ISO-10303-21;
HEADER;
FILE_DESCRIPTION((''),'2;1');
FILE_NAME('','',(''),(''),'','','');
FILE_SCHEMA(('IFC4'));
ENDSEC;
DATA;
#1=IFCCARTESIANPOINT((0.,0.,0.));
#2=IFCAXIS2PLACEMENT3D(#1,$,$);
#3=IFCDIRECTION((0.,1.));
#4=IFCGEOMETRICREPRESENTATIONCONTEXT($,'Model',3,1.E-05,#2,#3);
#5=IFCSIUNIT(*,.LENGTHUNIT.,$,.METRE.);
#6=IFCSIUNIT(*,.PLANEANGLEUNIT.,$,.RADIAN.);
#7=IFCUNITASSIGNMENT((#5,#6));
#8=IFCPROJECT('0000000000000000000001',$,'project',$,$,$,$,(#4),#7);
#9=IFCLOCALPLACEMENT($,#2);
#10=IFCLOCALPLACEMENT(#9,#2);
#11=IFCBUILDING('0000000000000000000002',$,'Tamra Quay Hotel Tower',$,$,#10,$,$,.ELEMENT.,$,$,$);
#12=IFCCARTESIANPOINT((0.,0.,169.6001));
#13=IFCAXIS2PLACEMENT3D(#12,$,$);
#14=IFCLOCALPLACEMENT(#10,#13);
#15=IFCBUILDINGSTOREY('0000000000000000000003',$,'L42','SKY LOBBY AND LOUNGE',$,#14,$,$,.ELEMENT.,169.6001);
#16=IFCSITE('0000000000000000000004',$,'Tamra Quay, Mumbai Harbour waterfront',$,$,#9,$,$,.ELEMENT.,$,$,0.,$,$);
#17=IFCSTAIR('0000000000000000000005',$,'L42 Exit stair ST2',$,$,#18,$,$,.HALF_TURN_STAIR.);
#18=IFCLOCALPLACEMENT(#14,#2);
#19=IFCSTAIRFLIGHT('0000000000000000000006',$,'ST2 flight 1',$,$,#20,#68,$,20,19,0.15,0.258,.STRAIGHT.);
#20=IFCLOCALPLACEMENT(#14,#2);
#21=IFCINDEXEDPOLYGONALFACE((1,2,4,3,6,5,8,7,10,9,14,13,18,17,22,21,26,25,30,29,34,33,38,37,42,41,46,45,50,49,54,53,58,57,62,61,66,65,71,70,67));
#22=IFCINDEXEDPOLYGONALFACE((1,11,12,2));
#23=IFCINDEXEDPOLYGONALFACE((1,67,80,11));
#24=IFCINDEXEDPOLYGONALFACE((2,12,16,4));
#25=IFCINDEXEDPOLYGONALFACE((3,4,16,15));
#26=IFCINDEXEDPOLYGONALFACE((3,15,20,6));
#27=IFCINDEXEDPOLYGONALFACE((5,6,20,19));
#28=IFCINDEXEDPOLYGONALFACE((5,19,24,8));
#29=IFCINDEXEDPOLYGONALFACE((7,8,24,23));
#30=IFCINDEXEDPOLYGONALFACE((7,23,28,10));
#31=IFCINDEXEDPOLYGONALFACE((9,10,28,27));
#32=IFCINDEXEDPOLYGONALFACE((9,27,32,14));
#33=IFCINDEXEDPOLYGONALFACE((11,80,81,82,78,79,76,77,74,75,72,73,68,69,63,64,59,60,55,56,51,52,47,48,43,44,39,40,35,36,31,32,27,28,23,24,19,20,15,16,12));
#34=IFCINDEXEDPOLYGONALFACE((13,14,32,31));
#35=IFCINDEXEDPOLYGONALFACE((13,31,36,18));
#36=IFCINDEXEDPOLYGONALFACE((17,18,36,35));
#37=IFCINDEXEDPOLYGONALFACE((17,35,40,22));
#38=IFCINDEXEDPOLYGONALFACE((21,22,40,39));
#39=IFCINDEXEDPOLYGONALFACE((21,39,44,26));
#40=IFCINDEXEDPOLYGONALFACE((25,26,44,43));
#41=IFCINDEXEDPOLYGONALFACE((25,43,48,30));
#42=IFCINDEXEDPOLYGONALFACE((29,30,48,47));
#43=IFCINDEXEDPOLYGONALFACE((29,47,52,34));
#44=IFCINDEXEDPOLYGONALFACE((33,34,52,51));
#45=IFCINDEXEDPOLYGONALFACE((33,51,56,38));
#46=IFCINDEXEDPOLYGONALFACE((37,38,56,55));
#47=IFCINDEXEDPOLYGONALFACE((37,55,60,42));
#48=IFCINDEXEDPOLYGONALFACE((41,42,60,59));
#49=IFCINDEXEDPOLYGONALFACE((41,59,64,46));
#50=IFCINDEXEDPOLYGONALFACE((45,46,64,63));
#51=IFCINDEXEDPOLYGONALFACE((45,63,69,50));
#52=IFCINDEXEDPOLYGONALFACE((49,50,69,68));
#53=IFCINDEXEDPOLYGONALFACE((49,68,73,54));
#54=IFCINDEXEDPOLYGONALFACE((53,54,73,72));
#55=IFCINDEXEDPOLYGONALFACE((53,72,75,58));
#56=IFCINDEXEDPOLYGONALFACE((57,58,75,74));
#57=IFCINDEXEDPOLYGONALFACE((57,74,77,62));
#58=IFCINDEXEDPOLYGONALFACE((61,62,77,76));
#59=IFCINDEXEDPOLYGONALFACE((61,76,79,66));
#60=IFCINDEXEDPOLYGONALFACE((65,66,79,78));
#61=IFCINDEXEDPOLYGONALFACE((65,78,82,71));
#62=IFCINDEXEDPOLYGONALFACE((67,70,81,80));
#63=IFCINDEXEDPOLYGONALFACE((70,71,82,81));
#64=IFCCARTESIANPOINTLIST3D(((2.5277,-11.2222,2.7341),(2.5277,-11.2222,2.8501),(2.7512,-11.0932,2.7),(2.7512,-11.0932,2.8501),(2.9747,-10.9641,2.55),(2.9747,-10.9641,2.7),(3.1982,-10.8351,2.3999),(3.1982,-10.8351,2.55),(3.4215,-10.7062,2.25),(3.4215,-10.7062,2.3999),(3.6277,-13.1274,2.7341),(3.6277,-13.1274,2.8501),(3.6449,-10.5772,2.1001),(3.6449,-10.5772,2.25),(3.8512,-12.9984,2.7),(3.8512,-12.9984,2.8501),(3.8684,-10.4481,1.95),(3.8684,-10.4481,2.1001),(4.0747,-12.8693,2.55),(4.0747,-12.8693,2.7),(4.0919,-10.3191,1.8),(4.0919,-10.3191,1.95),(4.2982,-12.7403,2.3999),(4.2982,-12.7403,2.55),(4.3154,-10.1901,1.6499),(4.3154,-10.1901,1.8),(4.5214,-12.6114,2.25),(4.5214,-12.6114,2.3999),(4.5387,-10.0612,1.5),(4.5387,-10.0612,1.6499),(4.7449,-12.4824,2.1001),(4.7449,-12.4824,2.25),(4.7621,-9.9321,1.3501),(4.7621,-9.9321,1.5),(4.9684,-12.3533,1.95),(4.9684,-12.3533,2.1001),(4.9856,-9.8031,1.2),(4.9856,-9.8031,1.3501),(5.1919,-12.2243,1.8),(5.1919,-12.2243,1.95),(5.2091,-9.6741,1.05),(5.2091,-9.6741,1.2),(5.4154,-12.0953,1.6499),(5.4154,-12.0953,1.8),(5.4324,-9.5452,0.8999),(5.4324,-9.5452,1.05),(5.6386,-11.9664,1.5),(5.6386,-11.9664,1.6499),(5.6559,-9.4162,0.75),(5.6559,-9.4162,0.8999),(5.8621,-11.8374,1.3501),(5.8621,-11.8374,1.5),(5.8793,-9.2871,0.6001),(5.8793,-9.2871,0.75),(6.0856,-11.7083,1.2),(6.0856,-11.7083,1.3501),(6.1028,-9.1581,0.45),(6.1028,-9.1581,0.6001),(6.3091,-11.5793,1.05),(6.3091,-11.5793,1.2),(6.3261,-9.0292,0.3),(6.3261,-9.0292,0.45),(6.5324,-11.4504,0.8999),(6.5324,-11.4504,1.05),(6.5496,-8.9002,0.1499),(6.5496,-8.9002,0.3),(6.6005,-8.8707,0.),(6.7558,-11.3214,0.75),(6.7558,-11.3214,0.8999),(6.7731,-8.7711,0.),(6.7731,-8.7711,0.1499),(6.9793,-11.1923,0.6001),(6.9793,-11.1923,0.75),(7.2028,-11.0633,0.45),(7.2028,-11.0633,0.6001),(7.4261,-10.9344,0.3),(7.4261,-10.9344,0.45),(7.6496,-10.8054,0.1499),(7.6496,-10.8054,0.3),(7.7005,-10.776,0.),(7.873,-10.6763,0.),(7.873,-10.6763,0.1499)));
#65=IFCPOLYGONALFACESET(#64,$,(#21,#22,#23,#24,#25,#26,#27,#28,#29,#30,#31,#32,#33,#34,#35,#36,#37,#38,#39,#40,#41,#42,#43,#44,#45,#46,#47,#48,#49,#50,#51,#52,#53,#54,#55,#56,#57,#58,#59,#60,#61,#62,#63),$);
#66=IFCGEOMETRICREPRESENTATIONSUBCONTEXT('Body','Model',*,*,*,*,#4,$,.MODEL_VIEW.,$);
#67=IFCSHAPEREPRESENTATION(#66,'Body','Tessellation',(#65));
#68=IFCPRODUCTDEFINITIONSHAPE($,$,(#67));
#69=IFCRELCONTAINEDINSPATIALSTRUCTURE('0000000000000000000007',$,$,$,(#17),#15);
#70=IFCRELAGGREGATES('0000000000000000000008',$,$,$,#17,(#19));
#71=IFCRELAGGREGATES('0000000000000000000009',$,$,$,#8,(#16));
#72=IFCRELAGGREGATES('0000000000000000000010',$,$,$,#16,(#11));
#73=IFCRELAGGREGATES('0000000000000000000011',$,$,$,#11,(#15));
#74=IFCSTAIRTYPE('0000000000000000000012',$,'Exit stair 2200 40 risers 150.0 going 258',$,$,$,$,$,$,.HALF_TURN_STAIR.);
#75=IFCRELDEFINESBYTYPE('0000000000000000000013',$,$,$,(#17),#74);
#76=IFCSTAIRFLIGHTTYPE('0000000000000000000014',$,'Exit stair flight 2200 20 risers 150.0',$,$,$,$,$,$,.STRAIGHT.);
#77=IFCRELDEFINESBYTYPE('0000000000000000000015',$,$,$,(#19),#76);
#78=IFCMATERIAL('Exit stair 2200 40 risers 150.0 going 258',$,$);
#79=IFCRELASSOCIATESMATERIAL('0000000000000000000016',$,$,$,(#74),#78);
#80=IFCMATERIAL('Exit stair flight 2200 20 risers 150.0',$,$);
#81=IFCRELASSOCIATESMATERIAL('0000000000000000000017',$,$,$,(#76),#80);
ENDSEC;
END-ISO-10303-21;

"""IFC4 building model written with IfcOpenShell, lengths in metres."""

from ifc_helpers import new_model, si_unit, direction, frame, origin, place, context, subcontext, project, spatial, polyline, outline, extrude, material, type_object, element, aggregate, save


model = new_model("IFC4")

# Units and contexts
model_context = context("Model", 3, precision=1e-05, world=origin(), true_north=direction((0.0, 1.0)))
body_context = subcontext(model_context, "Body", "Model", "MODEL_VIEW")
ifc_project = project(units=[si_unit("LENGTHUNIT", "METRE"), si_unit("PLANEANGLEUNIT", "RADIAN")], contexts=[model_context])

# Site, building, storey
site_placement = place(None, origin())
site = spatial("IfcSite", under=ifc_project, at=site_placement, Name="Tamra Quay, Mumbai Harbour waterfront", CompositionType="ELEMENT", RefElevation=0.0)
building_placement = place(site_placement, origin())
building = spatial("IfcBuilding", under=site, at=building_placement, Name="Tamra Quay Hotel Tower", CompositionType="ELEMENT")
storey_placement = place(building_placement, frame((0.0, 0.0, 169.6001)))
storey = spatial("IfcBuildingStorey", under=building, at=storey_placement, Name="L42", Description="SKY LOBBY AND LOUNGE", CompositionType="ELEMENT", Elevation=169.6001)

# Stair, stair flight
ifc_material_1 = material(Name="Exit stair 2200 40 risers 150.0 going 258")
stair_type = type_object("IfcStairType", Name="Exit stair 2200 40 risers 150.0 going 258", PredefinedType="HALF_TURN_STAIR", material=ifc_material_1)
stair_placement = place(storey_placement, origin())
stair = element("IfcStair", 1, at=stair_placement, inside=storey, type_object=stair_type, Name="L42 Exit stair ST2", PredefinedType="HALF_TURN_STAIR")
ifc_material_2 = material(Name="Exit stair flight 2200 20 risers 150.0")
stair_flight_type = type_object("IfcStairFlightType", Name="Exit stair flight 2200 20 risers 150.0", PredefinedType="STRAIGHT", material=ifc_material_2)
stair_flight_placement = place(storey_placement, frame((7.323, -9.7236, 0.0), z_axis=(0.0, 0.0, 1.0), x_axis=(-0.866025, -0.5, 0.0)))
stair_flight = element("IfcStairFlight", 2, at=stair_flight_placement, type_object=stair_flight_type, Name="ST2 flight 1", NumberOfRisers=20, NumberOfTreads=19, PredefinedType="STRAIGHT", RiserHeight=0.15, TreadLength=0.258, context=body_context, shape_type="SweptSolid", body=[
    extrude(outline(polyline([(0.0, 0.0), (0.0, 0.1499), (0.2581, 0.1499), (0.2581, 0.3), (0.5161, 0.3), (0.5161, 0.45), (0.7739, 0.45), (0.7739, 0.6001), (1.032, 0.6001), (1.032, 0.75), (1.29, 0.75), (1.29, 0.8999), (1.5481, 0.8999), (1.5481, 1.05), (1.8059, 1.05), (1.8059, 1.2), (2.064, 1.2), (2.064, 1.3501), (2.322, 1.3501), (2.322, 1.5), (2.5801, 1.5), (2.5801, 1.6499), (2.8379, 1.6499), (2.8379, 1.8), (3.0959, 1.8), (3.0959, 1.95), (3.354, 1.95), (3.354, 2.1001), (3.6121, 2.1001), (3.6121, 2.25), (3.8701, 2.25), (3.8701, 2.3999), (4.1279, 2.3999), (4.1279, 2.55), (4.386, 2.55), (4.386, 2.7), (4.644, 2.7), (4.644, 2.8501), (4.9021, 2.8501), (4.9021, 3.0), (4.9021, 2.7341), (0.1992, 0.0), (0.0, 0.0)])), frame((0.0, 1.1001, 0.0), z_axis=(0.0, -1.0, 0.0), x_axis=(1.0, 0.0, 0.0)), (0.0, 0.0, 1.0), 2.2),
])
aggregate(stair, [stair_flight])

save(model, "model.ifc")
